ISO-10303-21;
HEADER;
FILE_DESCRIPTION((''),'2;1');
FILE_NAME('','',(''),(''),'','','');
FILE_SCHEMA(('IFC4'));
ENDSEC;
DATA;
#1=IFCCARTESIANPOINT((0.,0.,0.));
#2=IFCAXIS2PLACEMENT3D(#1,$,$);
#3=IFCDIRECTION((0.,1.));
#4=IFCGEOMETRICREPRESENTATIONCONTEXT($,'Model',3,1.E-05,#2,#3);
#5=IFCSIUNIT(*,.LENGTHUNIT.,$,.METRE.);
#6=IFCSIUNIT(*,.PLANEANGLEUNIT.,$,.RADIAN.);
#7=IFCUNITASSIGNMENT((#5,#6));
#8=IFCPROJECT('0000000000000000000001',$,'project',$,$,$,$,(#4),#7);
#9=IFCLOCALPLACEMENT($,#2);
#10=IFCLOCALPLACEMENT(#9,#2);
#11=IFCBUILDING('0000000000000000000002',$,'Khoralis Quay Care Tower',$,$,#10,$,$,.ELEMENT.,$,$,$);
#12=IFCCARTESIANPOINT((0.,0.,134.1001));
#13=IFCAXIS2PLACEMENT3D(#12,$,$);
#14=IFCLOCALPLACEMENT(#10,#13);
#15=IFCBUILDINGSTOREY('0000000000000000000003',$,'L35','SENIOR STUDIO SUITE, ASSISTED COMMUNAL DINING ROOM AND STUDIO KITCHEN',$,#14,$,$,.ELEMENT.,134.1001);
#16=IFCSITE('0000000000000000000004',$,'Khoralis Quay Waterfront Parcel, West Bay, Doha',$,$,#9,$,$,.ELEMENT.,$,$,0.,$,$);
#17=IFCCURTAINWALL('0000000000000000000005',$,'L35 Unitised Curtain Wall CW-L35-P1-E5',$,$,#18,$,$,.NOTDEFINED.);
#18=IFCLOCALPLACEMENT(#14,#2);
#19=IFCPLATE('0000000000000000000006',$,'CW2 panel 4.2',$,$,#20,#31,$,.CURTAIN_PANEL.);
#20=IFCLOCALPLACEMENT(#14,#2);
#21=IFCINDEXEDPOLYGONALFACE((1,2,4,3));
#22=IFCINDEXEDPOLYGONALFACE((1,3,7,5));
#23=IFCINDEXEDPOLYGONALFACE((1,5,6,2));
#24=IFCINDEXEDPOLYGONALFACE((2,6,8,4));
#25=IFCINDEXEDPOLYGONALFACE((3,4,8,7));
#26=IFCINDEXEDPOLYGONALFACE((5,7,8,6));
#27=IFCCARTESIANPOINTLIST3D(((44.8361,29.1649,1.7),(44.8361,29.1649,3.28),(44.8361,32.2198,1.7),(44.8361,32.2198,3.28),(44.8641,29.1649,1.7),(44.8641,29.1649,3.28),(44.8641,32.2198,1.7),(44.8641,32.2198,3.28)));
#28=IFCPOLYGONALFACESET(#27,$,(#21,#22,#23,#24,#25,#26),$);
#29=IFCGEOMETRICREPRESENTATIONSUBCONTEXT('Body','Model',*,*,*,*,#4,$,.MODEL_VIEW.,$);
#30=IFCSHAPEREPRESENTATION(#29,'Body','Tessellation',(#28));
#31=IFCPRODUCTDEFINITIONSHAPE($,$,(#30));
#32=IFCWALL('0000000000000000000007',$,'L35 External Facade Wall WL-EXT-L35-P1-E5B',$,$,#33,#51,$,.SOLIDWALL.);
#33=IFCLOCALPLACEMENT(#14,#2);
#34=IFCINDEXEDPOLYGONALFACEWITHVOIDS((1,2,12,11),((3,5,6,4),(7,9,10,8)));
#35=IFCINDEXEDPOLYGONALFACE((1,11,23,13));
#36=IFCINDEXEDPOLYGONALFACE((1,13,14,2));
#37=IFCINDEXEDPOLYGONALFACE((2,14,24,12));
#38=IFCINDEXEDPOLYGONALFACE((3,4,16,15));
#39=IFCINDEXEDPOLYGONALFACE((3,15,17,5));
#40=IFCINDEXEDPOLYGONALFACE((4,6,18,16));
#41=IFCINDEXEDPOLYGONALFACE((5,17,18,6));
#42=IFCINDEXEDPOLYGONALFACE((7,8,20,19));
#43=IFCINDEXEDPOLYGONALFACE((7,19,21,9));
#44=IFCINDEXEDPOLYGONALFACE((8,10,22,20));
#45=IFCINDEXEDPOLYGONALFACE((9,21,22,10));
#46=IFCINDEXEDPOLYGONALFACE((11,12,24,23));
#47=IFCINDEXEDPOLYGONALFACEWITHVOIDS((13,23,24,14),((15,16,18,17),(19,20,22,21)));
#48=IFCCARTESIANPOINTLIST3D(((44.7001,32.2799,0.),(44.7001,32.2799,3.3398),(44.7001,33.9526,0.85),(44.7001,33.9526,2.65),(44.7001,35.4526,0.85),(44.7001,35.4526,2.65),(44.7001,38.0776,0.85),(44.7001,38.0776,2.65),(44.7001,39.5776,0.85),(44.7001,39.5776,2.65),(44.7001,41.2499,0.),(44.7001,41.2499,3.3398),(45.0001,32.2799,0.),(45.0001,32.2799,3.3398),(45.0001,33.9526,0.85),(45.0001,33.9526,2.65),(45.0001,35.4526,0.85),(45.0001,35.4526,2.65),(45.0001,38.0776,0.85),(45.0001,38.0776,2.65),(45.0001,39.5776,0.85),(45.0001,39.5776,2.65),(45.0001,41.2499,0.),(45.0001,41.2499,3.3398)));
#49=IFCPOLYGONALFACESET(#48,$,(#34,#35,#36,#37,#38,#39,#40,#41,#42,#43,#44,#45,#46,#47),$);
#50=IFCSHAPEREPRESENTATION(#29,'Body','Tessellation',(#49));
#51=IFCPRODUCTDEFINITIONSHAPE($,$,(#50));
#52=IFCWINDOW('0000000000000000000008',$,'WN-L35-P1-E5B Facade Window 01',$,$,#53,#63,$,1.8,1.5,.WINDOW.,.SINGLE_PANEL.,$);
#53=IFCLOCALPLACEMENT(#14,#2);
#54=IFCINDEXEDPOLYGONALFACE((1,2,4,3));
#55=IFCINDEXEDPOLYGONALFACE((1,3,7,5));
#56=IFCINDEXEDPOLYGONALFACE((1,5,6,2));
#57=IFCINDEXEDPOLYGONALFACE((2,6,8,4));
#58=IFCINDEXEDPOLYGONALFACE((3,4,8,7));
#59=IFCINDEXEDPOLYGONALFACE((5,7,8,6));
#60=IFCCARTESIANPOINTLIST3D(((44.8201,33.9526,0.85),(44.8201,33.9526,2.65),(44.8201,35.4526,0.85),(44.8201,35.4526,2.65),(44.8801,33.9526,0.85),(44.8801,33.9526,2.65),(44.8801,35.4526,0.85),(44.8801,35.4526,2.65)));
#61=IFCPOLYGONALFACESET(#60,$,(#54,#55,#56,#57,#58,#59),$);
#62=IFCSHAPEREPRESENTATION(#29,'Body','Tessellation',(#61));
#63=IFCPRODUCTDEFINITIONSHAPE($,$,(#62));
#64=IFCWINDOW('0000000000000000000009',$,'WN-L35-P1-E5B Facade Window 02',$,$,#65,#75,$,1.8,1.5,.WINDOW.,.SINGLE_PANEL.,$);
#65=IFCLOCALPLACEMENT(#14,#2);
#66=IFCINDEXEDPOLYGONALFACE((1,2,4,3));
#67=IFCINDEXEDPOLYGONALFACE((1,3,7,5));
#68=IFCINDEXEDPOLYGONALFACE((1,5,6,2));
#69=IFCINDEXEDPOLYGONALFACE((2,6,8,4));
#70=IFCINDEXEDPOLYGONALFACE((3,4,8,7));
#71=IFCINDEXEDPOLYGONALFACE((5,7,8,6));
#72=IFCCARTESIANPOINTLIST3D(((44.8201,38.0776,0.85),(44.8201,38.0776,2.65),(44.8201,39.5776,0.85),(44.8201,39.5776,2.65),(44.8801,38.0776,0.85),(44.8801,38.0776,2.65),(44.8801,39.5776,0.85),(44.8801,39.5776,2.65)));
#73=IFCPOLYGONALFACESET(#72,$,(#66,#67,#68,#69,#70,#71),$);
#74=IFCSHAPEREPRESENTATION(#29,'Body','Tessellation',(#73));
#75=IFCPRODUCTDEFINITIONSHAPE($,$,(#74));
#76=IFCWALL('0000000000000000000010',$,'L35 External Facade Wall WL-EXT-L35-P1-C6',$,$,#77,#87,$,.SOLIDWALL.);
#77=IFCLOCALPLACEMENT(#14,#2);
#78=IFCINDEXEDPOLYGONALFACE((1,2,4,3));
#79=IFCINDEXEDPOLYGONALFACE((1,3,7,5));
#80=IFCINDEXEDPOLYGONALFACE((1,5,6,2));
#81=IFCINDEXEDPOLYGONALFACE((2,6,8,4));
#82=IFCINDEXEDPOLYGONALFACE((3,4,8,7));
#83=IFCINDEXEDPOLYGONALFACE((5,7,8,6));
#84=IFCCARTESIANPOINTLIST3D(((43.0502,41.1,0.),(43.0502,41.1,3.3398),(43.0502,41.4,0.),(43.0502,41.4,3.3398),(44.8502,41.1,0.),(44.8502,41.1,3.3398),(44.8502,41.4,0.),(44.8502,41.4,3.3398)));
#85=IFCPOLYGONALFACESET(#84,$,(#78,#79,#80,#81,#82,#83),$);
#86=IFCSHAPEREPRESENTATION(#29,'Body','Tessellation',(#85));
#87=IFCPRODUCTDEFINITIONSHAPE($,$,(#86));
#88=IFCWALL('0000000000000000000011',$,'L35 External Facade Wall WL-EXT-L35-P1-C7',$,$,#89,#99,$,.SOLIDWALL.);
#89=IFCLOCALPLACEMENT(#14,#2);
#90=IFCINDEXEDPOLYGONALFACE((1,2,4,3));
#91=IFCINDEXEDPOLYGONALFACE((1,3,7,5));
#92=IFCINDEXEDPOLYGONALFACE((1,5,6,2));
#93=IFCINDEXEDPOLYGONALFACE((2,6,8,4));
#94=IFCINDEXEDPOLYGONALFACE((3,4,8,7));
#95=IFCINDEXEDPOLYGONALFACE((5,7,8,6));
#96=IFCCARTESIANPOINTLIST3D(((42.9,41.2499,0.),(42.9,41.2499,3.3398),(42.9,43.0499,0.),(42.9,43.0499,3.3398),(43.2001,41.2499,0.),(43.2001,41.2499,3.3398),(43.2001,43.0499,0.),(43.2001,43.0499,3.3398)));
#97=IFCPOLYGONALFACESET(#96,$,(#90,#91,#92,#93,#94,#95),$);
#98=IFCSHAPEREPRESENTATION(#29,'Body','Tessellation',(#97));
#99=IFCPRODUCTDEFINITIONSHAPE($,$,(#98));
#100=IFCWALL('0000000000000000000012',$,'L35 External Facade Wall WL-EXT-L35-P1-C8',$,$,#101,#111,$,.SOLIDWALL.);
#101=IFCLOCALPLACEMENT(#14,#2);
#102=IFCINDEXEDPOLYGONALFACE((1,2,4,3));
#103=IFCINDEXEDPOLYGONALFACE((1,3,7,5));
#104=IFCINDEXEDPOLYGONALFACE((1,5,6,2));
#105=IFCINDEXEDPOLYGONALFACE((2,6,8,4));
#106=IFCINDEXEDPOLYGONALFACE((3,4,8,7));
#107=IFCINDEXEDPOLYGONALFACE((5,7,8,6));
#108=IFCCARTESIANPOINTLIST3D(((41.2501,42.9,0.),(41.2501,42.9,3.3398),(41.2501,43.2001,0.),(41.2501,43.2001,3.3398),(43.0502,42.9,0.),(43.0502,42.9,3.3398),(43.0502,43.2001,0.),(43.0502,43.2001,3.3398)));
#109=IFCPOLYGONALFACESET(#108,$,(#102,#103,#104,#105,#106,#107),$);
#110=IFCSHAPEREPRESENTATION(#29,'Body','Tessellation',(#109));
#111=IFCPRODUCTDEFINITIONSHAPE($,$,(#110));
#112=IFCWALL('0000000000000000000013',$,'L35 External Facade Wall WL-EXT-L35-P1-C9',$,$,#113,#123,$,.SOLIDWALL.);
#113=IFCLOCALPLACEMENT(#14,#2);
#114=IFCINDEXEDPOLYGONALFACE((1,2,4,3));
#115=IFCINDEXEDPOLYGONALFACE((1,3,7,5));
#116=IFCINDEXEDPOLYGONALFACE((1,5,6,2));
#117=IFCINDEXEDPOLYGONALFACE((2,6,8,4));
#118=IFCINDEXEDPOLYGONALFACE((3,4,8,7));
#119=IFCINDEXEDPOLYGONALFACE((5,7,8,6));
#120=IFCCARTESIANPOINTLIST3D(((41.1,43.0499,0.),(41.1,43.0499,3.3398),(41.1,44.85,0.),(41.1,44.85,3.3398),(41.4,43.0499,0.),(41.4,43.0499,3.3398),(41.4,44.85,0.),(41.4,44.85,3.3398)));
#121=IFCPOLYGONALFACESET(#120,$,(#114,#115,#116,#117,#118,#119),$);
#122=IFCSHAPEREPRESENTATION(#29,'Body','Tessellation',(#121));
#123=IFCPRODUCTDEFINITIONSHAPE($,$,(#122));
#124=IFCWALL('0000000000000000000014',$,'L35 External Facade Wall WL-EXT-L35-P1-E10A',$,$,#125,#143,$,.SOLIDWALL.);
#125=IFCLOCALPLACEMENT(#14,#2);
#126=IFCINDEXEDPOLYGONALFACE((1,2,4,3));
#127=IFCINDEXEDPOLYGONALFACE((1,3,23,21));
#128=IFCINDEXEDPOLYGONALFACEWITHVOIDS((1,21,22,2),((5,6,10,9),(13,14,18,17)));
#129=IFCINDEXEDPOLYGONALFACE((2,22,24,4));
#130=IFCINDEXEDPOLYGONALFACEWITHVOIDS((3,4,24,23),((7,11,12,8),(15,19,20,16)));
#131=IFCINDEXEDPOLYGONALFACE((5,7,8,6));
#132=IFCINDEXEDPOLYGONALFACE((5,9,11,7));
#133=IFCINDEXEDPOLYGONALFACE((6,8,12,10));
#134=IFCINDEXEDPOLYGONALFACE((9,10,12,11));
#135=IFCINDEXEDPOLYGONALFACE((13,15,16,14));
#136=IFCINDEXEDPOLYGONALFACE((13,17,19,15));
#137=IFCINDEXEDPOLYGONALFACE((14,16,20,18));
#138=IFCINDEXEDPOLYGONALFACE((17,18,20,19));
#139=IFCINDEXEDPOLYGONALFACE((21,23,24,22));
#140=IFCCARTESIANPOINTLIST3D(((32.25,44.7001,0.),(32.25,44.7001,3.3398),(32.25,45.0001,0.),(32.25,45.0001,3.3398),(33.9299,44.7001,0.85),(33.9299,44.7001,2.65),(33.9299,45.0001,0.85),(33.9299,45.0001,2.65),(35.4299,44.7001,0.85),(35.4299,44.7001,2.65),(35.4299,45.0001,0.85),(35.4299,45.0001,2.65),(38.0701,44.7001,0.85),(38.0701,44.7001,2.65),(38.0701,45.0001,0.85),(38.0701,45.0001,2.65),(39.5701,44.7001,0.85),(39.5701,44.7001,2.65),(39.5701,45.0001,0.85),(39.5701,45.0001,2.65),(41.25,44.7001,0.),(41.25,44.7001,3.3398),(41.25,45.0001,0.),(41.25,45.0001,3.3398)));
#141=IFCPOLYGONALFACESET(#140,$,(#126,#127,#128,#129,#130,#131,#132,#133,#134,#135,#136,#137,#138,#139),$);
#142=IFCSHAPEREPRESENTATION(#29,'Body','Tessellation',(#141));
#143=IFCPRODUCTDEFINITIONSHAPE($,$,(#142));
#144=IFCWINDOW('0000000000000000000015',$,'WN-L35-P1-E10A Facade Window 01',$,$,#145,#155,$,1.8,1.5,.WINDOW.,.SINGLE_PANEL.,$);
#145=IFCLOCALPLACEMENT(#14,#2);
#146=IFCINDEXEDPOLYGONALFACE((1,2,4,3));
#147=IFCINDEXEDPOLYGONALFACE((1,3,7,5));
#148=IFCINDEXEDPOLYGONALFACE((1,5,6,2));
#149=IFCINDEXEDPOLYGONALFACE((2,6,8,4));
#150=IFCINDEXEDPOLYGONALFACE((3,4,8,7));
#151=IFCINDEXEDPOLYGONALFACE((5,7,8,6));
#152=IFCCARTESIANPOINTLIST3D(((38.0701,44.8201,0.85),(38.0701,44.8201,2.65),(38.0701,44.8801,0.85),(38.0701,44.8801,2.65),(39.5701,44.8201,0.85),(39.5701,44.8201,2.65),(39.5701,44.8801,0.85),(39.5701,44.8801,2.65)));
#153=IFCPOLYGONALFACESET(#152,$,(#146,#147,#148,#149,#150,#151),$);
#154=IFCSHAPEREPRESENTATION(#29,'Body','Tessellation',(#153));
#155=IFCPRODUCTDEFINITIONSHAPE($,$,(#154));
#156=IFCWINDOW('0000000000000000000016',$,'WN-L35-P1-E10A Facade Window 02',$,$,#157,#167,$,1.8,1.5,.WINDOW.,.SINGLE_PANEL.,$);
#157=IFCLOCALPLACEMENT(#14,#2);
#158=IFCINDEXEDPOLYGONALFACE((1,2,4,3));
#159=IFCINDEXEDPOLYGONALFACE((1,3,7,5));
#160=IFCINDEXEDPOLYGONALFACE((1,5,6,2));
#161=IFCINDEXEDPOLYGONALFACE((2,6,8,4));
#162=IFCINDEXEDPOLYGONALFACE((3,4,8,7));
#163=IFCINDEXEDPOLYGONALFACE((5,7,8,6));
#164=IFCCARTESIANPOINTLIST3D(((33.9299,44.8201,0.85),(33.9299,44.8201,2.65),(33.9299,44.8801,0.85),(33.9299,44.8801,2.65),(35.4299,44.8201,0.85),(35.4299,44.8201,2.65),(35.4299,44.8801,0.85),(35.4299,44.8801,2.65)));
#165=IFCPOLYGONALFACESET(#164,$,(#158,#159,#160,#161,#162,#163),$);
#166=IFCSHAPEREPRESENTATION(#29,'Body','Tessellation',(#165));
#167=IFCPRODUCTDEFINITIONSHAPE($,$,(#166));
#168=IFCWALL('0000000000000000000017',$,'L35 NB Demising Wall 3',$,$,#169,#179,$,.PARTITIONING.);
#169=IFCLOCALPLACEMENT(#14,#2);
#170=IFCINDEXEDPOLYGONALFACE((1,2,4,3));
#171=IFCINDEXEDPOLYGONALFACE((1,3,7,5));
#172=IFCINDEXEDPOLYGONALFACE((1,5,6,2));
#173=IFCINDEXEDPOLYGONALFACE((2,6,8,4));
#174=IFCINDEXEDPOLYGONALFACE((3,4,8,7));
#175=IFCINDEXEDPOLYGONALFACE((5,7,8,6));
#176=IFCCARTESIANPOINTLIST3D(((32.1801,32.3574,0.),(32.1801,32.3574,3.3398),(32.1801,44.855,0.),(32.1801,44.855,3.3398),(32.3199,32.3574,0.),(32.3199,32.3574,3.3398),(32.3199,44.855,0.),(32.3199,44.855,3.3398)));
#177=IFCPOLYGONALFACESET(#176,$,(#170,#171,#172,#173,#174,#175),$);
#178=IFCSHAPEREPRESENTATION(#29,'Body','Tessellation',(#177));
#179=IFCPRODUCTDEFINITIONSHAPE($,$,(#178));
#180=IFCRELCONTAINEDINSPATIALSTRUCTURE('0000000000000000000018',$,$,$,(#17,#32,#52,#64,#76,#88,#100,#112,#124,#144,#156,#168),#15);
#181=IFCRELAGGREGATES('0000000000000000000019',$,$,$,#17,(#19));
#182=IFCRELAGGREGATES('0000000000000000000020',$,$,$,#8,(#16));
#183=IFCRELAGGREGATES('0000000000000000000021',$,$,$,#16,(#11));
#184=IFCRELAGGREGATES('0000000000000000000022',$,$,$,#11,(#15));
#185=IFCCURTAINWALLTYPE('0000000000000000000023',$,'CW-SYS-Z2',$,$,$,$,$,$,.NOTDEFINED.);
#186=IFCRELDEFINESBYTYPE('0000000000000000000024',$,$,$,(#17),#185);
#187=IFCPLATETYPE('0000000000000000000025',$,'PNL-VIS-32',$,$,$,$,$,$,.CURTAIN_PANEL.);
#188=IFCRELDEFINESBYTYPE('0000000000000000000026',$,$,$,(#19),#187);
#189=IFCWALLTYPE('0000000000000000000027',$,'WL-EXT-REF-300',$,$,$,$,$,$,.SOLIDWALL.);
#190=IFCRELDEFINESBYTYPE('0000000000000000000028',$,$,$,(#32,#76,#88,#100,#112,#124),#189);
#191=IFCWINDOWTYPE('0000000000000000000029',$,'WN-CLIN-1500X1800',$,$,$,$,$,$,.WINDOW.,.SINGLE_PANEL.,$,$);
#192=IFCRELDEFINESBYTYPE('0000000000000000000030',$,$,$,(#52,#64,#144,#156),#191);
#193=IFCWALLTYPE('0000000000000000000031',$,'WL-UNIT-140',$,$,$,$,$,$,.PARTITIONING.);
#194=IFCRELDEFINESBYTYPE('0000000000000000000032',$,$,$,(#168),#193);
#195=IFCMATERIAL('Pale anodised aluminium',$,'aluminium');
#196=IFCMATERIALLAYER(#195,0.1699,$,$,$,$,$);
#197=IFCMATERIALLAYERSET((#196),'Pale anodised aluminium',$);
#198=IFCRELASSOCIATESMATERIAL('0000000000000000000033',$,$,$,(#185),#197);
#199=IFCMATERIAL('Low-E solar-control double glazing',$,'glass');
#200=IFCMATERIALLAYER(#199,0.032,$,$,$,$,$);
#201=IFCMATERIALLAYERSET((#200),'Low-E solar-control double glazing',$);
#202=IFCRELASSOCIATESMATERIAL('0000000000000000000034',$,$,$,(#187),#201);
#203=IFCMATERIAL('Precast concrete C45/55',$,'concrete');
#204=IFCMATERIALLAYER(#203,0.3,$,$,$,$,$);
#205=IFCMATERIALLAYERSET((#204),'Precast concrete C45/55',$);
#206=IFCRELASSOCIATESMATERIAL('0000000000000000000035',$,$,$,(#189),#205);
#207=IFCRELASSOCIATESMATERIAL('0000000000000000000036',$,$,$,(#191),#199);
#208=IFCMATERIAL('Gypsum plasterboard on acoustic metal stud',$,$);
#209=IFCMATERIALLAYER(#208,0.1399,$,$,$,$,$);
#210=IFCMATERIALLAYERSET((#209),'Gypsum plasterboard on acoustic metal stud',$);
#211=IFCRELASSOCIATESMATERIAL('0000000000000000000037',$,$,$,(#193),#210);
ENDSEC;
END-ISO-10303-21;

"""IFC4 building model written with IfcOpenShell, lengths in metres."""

from ifc_helpers import new_model, si_unit, direction, frame, frame_2d, origin, origin_2d, place, context, subcontext, project, spatial, rectangle, extrude, source, transform, mapped, material, layer, layer_set, type_object, element, fill, aggregate, save


model = new_model("IFC4")

# Units and contexts
model_context = context("Model", 3, precision=1e-05, world=origin(), true_north=direction((0.0, 1.0)))
body_context = subcontext(model_context, "Body", "Model", "MODEL_VIEW")
ifc_project = project(units=[si_unit("LENGTHUNIT", "METRE"), si_unit("PLANEANGLEUNIT", "RADIAN")], contexts=[model_context])

# Site, building, storey
site_placement = place(None, origin())
site = spatial("IfcSite", under=ifc_project, at=site_placement, Name="Khoralis Quay Waterfront Parcel, West Bay, Doha", CompositionType="ELEMENT", RefElevation=0.0)
building_placement = place(site_placement, origin())
building = spatial("IfcBuilding", under=site, at=building_placement, Name="Khoralis Quay Care Tower", CompositionType="ELEMENT")
storey_placement = place(building_placement, frame((0.0, 0.0, 134.1001)))
storey = spatial("IfcBuildingStorey", under=building, at=storey_placement, Name="L35", Description="SENIOR STUDIO SUITE, ASSISTED COMMUNAL DINING ROOM AND STUDIO KITCHEN", CompositionType="ELEMENT", Elevation=134.1001)

# Curtain wall
ifc_material_1 = material(Name="Pale anodised aluminium", Category="aluminium")
ifc_layer_1 = layer(ifc_material_1, 0.1699)
ifc_layer_set_1 = layer_set([ifc_layer_1], Name="Pale anodised aluminium")
curtain_wall_type = type_object("IfcCurtainWallType", Name="CW-SYS-Z2", PredefinedType="NOTDEFINED", material=ifc_layer_set_1)
curtain_wall_1_placement = place(storey_placement, origin())
curtain_wall_1 = element("IfcCurtainWall", 1, at=curtain_wall_1_placement, inside=storey, type_object=curtain_wall_type, Name="L35 Unitised Curtain Wall CW-L35-P1-E5", PredefinedType="NOTDEFINED")

# Plate
ifc_material_2 = material(Name="Low-E solar-control double glazing", Category="glass")
ifc_layer_2 = layer(ifc_material_2, 0.032)
ifc_layer_set_2 = layer_set([ifc_layer_2], Name="Low-E solar-control double glazing")
plate_type = type_object("IfcPlateType", Name="PNL-VIS-32", PredefinedType="CURTAIN_PANEL", material=ifc_layer_set_2)
shared_shape_1 = source(origin(), body_context, "Body", "SweptSolid", [
    extrude(rectangle(XDim=3.0549, YDim=0.0281, at=origin_2d()), origin(), (0.0, 0.0, 1.0), 1.5801),
])
plate_1_placement = place(storey_placement, frame((44.8501, 30.6924, 1.7), z_axis=(0.0, 0.0, 1.0), x_axis=(0.0, 1.0, 0.0)))
plate_1 = element("IfcPlate", 2, at=plate_1_placement, type_object=plate_type, Name="CW2 panel 4.2", PredefinedType="CURTAIN_PANEL", context=body_context, shape_type="MappedRepresentation", body=[
    mapped(shared_shape_1, transform((0.0, 0.0, 0.0), scale=1.0)),
])
aggregate(curtain_wall_1, [plate_1])

# Wall, openings, windows
ifc_material_3 = material(Name="Precast concrete C45/55", Category="concrete")
ifc_layer_3 = layer(ifc_material_3, 0.3)
ifc_layer_set_3 = layer_set([ifc_layer_3], Name="Precast concrete C45/55")
wall_type_1 = type_object("IfcWallType", Name="WL-EXT-REF-300", PredefinedType="SOLIDWALL", material=ifc_layer_set_3)
wall_1_placement = place(storey_placement, frame((44.8501, 32.28, 0.0), z_axis=(0.0, 0.0, 1.0), x_axis=(0.0, 1.0, 0.0)))
wall_1 = element("IfcWall", 3, at=wall_1_placement, inside=storey, type_object=wall_type_1, Name="L35 External Facade Wall WL-EXT-L35-P1-E5B", PredefinedType="SOLIDWALL", context=body_context, shape_type="SweptSolid", body=[
    extrude(rectangle(XDim=8.97, YDim=0.3, at=frame_2d((4.4849, 0.0))), origin(), (0.0, 0.0, 1.0), 3.3398),
])
opening_1_placement = place(wall_1_placement, frame((1.6726, 0.0, 0.8501)))
opening_1 = element("IfcOpeningElement", 4, at=opening_1_placement, cuts=wall_1, PredefinedType="OPENING", context=body_context, shape_type="SweptSolid", body=[
    extrude(rectangle(XDim=1.5, YDim=1.8, at=frame_2d((0.75, 0.8999))), frame((0.0, 0.1602, 0.0), z_axis=(0.0, -1.0, 0.0), x_axis=(1.0, 0.0, 0.0)), (0.0, 0.0, 1.0), 0.3201),
])
opening_2_placement = place(wall_1_placement, frame((5.7976, 0.0, 0.8501)))
opening_2 = element("IfcOpeningElement", 5, at=opening_2_placement, cuts=wall_1, PredefinedType="OPENING", context=body_context, shape_type="SweptSolid", body=[
    extrude(rectangle(XDim=1.5, YDim=1.8, at=frame_2d((0.75, 0.8999))), frame((0.0, 0.1602, 0.0), z_axis=(0.0, -1.0, 0.0), x_axis=(1.0, 0.0, 0.0)), (0.0, 0.0, 1.0), 0.3201),
])
window_type = type_object("IfcWindowType", Name="WN-CLIN-1500X1800", PartitioningType="SINGLE_PANEL", PredefinedType="WINDOW", material=ifc_material_2)
shared_shape_2 = source(origin(), body_context, "Body", "SweptSolid", [
    extrude(rectangle(XDim=1.5, YDim=1.8, at=frame_2d((0.75, 0.8999))), frame((0.0, 0.03, 0.0), z_axis=(0.0, -1.0, 0.0), x_axis=(1.0, 0.0, 0.0)), (0.0, 0.0, 1.0), 0.0601),
])
window_1_placement = place(opening_1_placement, origin())
window_1 = element("IfcWindow", 6, at=window_1_placement, inside=storey, type_object=window_type, Name="WN-L35-P1-E5B Facade Window 01", OverallHeight=1.8, OverallWidth=1.5, PartitioningType="SINGLE_PANEL", PredefinedType="WINDOW", context=body_context, shape_type="MappedRepresentation", body=[
    mapped(shared_shape_2, transform((0.0, 0.0, 0.0), scale=1.0)),
])
fill(opening_1, window_1)
window_2_placement = place(opening_2_placement, origin())
window_2 = element("IfcWindow", 7, at=window_2_placement, inside=storey, type_object=window_type, Name="WN-L35-P1-E5B Facade Window 02", OverallHeight=1.8, OverallWidth=1.5, PartitioningType="SINGLE_PANEL", PredefinedType="WINDOW", context=body_context, shape_type="MappedRepresentation", body=[
    mapped(shared_shape_2, transform((0.0, 0.0, 0.0), scale=1.0)),
])
fill(opening_2, window_2)

# Walls
for number, where, z_axis, x_axis, name in (
    (8, (44.8501, 41.25, 0.0), (0.0, 0.0, 1.0), (-1.0, 0.0, 0.0), "L35 External Facade Wall WL-EXT-L35-P1-C6"),
    (9, (43.05, 41.25, 0.0), (0.0, 0.0, 1.0), (0.0, 1.0, 0.0), "L35 External Facade Wall WL-EXT-L35-P1-C7"),
    (10, (43.05, 43.05, 0.0), (0.0, 0.0, 1.0), (-1.0, 0.0, 0.0), "L35 External Facade Wall WL-EXT-L35-P1-C8"),
    (11, (41.25, 43.05, 0.0), (0.0, 0.0, 1.0), (0.0, 1.0, 0.0), "L35 External Facade Wall WL-EXT-L35-P1-C9"),
):
    element("IfcWall", number, at=place(storey_placement, frame(where, z_axis=z_axis, x_axis=x_axis)), inside=storey, type_object=wall_type_1, Name=name, PredefinedType="SOLIDWALL", context=body_context, shape_type="SweptSolid", body=[
        extrude(rectangle(XDim=1.8, YDim=0.3, at=frame_2d((0.8999, 0.0))), origin(), (0.0, 0.0, 1.0), 3.3398),
    ])

# Wall, openings, windows
wall_2_placement = place(storey_placement, frame((41.25, 44.8501, 0.0), z_axis=(0.0, 0.0, 1.0), x_axis=(-1.0, 0.0, 0.0)))
wall_2 = element("IfcWall", 12, at=wall_2_placement, inside=storey, type_object=wall_type_1, Name="L35 External Facade Wall WL-EXT-L35-P1-E10A", PredefinedType="SOLIDWALL", context=body_context, shape_type="SweptSolid", body=[
    extrude(rectangle(XDim=9.0, YDim=0.3, at=frame_2d((4.5, 0.0))), origin(), (0.0, 0.0, 1.0), 3.3398),
])
opening_3_placement = place(wall_2_placement, frame((1.6799, 0.0, 0.8501)))
opening_3 = element("IfcOpeningElement", 13, at=opening_3_placement, cuts=wall_2, PredefinedType="OPENING", context=body_context, shape_type="SweptSolid", body=[
    extrude(rectangle(XDim=1.5, YDim=1.8, at=frame_2d((0.75, 0.8999))), frame((0.0, 0.1602, 0.0), z_axis=(0.0, -1.0, 0.0), x_axis=(1.0, 0.0, 0.0)), (0.0, 0.0, 1.0), 0.3201),
])
opening_4_placement = place(wall_2_placement, frame((5.8201, 0.0, 0.8501)))
opening_4 = element("IfcOpeningElement", 14, at=opening_4_placement, cuts=wall_2, PredefinedType="OPENING", context=body_context, shape_type="SweptSolid", body=[
    extrude(rectangle(XDim=1.5, YDim=1.8, at=frame_2d((0.75, 0.8999))), frame((0.0, 0.1602, 0.0), z_axis=(0.0, -1.0, 0.0), x_axis=(1.0, 0.0, 0.0)), (0.0, 0.0, 1.0), 0.3201),
])
window_3_placement = place(opening_3_placement, origin())
window_3 = element("IfcWindow", 15, at=window_3_placement, inside=storey, type_object=window_type, Name="WN-L35-P1-E10A Facade Window 01", OverallHeight=1.8, OverallWidth=1.5, PartitioningType="SINGLE_PANEL", PredefinedType="WINDOW", context=body_context, shape_type="MappedRepresentation", body=[
    mapped(shared_shape_2, transform((0.0, 0.0, 0.0), scale=1.0)),
])
fill(opening_3, window_3)
window_4_placement = place(opening_4_placement, origin())
window_4 = element("IfcWindow", 16, at=window_4_placement, inside=storey, type_object=window_type, Name="WN-L35-P1-E10A Facade Window 02", OverallHeight=1.8, OverallWidth=1.5, PartitioningType="SINGLE_PANEL", PredefinedType="WINDOW", context=body_context, shape_type="MappedRepresentation", body=[
    mapped(shared_shape_2, transform((0.0, 0.0, 0.0), scale=1.0)),
])
fill(opening_4, window_4)

# Wall
ifc_material_4 = material(Name="Gypsum plasterboard on acoustic metal stud")
ifc_layer_4 = layer(ifc_material_4, 0.1399)
ifc_layer_set_4 = layer_set([ifc_layer_4], Name="Gypsum plasterboard on acoustic metal stud")
wall_type_2 = type_object("IfcWallType", Name="WL-UNIT-140", PredefinedType="PARTITIONING", material=ifc_layer_set_4)
wall_3_placement = place(storey_placement, frame((32.25, 32.3574, 0.0), z_axis=(0.0, 0.0, 1.0), x_axis=(0.0, 1.0, 0.0)))
element("IfcWall", 17, at=wall_3_placement, inside=storey, type_object=wall_type_2, Name="L35 NB Demising Wall 3", PredefinedType="PARTITIONING", context=body_context, shape_type="SweptSolid", body=[
    extrude(rectangle(XDim=12.4976, YDim=0.1399, at=frame_2d((6.2488, 0.0))), origin(), (0.0, 0.0, 1.0), 3.3398),
])

save(model, "model.ifc")
